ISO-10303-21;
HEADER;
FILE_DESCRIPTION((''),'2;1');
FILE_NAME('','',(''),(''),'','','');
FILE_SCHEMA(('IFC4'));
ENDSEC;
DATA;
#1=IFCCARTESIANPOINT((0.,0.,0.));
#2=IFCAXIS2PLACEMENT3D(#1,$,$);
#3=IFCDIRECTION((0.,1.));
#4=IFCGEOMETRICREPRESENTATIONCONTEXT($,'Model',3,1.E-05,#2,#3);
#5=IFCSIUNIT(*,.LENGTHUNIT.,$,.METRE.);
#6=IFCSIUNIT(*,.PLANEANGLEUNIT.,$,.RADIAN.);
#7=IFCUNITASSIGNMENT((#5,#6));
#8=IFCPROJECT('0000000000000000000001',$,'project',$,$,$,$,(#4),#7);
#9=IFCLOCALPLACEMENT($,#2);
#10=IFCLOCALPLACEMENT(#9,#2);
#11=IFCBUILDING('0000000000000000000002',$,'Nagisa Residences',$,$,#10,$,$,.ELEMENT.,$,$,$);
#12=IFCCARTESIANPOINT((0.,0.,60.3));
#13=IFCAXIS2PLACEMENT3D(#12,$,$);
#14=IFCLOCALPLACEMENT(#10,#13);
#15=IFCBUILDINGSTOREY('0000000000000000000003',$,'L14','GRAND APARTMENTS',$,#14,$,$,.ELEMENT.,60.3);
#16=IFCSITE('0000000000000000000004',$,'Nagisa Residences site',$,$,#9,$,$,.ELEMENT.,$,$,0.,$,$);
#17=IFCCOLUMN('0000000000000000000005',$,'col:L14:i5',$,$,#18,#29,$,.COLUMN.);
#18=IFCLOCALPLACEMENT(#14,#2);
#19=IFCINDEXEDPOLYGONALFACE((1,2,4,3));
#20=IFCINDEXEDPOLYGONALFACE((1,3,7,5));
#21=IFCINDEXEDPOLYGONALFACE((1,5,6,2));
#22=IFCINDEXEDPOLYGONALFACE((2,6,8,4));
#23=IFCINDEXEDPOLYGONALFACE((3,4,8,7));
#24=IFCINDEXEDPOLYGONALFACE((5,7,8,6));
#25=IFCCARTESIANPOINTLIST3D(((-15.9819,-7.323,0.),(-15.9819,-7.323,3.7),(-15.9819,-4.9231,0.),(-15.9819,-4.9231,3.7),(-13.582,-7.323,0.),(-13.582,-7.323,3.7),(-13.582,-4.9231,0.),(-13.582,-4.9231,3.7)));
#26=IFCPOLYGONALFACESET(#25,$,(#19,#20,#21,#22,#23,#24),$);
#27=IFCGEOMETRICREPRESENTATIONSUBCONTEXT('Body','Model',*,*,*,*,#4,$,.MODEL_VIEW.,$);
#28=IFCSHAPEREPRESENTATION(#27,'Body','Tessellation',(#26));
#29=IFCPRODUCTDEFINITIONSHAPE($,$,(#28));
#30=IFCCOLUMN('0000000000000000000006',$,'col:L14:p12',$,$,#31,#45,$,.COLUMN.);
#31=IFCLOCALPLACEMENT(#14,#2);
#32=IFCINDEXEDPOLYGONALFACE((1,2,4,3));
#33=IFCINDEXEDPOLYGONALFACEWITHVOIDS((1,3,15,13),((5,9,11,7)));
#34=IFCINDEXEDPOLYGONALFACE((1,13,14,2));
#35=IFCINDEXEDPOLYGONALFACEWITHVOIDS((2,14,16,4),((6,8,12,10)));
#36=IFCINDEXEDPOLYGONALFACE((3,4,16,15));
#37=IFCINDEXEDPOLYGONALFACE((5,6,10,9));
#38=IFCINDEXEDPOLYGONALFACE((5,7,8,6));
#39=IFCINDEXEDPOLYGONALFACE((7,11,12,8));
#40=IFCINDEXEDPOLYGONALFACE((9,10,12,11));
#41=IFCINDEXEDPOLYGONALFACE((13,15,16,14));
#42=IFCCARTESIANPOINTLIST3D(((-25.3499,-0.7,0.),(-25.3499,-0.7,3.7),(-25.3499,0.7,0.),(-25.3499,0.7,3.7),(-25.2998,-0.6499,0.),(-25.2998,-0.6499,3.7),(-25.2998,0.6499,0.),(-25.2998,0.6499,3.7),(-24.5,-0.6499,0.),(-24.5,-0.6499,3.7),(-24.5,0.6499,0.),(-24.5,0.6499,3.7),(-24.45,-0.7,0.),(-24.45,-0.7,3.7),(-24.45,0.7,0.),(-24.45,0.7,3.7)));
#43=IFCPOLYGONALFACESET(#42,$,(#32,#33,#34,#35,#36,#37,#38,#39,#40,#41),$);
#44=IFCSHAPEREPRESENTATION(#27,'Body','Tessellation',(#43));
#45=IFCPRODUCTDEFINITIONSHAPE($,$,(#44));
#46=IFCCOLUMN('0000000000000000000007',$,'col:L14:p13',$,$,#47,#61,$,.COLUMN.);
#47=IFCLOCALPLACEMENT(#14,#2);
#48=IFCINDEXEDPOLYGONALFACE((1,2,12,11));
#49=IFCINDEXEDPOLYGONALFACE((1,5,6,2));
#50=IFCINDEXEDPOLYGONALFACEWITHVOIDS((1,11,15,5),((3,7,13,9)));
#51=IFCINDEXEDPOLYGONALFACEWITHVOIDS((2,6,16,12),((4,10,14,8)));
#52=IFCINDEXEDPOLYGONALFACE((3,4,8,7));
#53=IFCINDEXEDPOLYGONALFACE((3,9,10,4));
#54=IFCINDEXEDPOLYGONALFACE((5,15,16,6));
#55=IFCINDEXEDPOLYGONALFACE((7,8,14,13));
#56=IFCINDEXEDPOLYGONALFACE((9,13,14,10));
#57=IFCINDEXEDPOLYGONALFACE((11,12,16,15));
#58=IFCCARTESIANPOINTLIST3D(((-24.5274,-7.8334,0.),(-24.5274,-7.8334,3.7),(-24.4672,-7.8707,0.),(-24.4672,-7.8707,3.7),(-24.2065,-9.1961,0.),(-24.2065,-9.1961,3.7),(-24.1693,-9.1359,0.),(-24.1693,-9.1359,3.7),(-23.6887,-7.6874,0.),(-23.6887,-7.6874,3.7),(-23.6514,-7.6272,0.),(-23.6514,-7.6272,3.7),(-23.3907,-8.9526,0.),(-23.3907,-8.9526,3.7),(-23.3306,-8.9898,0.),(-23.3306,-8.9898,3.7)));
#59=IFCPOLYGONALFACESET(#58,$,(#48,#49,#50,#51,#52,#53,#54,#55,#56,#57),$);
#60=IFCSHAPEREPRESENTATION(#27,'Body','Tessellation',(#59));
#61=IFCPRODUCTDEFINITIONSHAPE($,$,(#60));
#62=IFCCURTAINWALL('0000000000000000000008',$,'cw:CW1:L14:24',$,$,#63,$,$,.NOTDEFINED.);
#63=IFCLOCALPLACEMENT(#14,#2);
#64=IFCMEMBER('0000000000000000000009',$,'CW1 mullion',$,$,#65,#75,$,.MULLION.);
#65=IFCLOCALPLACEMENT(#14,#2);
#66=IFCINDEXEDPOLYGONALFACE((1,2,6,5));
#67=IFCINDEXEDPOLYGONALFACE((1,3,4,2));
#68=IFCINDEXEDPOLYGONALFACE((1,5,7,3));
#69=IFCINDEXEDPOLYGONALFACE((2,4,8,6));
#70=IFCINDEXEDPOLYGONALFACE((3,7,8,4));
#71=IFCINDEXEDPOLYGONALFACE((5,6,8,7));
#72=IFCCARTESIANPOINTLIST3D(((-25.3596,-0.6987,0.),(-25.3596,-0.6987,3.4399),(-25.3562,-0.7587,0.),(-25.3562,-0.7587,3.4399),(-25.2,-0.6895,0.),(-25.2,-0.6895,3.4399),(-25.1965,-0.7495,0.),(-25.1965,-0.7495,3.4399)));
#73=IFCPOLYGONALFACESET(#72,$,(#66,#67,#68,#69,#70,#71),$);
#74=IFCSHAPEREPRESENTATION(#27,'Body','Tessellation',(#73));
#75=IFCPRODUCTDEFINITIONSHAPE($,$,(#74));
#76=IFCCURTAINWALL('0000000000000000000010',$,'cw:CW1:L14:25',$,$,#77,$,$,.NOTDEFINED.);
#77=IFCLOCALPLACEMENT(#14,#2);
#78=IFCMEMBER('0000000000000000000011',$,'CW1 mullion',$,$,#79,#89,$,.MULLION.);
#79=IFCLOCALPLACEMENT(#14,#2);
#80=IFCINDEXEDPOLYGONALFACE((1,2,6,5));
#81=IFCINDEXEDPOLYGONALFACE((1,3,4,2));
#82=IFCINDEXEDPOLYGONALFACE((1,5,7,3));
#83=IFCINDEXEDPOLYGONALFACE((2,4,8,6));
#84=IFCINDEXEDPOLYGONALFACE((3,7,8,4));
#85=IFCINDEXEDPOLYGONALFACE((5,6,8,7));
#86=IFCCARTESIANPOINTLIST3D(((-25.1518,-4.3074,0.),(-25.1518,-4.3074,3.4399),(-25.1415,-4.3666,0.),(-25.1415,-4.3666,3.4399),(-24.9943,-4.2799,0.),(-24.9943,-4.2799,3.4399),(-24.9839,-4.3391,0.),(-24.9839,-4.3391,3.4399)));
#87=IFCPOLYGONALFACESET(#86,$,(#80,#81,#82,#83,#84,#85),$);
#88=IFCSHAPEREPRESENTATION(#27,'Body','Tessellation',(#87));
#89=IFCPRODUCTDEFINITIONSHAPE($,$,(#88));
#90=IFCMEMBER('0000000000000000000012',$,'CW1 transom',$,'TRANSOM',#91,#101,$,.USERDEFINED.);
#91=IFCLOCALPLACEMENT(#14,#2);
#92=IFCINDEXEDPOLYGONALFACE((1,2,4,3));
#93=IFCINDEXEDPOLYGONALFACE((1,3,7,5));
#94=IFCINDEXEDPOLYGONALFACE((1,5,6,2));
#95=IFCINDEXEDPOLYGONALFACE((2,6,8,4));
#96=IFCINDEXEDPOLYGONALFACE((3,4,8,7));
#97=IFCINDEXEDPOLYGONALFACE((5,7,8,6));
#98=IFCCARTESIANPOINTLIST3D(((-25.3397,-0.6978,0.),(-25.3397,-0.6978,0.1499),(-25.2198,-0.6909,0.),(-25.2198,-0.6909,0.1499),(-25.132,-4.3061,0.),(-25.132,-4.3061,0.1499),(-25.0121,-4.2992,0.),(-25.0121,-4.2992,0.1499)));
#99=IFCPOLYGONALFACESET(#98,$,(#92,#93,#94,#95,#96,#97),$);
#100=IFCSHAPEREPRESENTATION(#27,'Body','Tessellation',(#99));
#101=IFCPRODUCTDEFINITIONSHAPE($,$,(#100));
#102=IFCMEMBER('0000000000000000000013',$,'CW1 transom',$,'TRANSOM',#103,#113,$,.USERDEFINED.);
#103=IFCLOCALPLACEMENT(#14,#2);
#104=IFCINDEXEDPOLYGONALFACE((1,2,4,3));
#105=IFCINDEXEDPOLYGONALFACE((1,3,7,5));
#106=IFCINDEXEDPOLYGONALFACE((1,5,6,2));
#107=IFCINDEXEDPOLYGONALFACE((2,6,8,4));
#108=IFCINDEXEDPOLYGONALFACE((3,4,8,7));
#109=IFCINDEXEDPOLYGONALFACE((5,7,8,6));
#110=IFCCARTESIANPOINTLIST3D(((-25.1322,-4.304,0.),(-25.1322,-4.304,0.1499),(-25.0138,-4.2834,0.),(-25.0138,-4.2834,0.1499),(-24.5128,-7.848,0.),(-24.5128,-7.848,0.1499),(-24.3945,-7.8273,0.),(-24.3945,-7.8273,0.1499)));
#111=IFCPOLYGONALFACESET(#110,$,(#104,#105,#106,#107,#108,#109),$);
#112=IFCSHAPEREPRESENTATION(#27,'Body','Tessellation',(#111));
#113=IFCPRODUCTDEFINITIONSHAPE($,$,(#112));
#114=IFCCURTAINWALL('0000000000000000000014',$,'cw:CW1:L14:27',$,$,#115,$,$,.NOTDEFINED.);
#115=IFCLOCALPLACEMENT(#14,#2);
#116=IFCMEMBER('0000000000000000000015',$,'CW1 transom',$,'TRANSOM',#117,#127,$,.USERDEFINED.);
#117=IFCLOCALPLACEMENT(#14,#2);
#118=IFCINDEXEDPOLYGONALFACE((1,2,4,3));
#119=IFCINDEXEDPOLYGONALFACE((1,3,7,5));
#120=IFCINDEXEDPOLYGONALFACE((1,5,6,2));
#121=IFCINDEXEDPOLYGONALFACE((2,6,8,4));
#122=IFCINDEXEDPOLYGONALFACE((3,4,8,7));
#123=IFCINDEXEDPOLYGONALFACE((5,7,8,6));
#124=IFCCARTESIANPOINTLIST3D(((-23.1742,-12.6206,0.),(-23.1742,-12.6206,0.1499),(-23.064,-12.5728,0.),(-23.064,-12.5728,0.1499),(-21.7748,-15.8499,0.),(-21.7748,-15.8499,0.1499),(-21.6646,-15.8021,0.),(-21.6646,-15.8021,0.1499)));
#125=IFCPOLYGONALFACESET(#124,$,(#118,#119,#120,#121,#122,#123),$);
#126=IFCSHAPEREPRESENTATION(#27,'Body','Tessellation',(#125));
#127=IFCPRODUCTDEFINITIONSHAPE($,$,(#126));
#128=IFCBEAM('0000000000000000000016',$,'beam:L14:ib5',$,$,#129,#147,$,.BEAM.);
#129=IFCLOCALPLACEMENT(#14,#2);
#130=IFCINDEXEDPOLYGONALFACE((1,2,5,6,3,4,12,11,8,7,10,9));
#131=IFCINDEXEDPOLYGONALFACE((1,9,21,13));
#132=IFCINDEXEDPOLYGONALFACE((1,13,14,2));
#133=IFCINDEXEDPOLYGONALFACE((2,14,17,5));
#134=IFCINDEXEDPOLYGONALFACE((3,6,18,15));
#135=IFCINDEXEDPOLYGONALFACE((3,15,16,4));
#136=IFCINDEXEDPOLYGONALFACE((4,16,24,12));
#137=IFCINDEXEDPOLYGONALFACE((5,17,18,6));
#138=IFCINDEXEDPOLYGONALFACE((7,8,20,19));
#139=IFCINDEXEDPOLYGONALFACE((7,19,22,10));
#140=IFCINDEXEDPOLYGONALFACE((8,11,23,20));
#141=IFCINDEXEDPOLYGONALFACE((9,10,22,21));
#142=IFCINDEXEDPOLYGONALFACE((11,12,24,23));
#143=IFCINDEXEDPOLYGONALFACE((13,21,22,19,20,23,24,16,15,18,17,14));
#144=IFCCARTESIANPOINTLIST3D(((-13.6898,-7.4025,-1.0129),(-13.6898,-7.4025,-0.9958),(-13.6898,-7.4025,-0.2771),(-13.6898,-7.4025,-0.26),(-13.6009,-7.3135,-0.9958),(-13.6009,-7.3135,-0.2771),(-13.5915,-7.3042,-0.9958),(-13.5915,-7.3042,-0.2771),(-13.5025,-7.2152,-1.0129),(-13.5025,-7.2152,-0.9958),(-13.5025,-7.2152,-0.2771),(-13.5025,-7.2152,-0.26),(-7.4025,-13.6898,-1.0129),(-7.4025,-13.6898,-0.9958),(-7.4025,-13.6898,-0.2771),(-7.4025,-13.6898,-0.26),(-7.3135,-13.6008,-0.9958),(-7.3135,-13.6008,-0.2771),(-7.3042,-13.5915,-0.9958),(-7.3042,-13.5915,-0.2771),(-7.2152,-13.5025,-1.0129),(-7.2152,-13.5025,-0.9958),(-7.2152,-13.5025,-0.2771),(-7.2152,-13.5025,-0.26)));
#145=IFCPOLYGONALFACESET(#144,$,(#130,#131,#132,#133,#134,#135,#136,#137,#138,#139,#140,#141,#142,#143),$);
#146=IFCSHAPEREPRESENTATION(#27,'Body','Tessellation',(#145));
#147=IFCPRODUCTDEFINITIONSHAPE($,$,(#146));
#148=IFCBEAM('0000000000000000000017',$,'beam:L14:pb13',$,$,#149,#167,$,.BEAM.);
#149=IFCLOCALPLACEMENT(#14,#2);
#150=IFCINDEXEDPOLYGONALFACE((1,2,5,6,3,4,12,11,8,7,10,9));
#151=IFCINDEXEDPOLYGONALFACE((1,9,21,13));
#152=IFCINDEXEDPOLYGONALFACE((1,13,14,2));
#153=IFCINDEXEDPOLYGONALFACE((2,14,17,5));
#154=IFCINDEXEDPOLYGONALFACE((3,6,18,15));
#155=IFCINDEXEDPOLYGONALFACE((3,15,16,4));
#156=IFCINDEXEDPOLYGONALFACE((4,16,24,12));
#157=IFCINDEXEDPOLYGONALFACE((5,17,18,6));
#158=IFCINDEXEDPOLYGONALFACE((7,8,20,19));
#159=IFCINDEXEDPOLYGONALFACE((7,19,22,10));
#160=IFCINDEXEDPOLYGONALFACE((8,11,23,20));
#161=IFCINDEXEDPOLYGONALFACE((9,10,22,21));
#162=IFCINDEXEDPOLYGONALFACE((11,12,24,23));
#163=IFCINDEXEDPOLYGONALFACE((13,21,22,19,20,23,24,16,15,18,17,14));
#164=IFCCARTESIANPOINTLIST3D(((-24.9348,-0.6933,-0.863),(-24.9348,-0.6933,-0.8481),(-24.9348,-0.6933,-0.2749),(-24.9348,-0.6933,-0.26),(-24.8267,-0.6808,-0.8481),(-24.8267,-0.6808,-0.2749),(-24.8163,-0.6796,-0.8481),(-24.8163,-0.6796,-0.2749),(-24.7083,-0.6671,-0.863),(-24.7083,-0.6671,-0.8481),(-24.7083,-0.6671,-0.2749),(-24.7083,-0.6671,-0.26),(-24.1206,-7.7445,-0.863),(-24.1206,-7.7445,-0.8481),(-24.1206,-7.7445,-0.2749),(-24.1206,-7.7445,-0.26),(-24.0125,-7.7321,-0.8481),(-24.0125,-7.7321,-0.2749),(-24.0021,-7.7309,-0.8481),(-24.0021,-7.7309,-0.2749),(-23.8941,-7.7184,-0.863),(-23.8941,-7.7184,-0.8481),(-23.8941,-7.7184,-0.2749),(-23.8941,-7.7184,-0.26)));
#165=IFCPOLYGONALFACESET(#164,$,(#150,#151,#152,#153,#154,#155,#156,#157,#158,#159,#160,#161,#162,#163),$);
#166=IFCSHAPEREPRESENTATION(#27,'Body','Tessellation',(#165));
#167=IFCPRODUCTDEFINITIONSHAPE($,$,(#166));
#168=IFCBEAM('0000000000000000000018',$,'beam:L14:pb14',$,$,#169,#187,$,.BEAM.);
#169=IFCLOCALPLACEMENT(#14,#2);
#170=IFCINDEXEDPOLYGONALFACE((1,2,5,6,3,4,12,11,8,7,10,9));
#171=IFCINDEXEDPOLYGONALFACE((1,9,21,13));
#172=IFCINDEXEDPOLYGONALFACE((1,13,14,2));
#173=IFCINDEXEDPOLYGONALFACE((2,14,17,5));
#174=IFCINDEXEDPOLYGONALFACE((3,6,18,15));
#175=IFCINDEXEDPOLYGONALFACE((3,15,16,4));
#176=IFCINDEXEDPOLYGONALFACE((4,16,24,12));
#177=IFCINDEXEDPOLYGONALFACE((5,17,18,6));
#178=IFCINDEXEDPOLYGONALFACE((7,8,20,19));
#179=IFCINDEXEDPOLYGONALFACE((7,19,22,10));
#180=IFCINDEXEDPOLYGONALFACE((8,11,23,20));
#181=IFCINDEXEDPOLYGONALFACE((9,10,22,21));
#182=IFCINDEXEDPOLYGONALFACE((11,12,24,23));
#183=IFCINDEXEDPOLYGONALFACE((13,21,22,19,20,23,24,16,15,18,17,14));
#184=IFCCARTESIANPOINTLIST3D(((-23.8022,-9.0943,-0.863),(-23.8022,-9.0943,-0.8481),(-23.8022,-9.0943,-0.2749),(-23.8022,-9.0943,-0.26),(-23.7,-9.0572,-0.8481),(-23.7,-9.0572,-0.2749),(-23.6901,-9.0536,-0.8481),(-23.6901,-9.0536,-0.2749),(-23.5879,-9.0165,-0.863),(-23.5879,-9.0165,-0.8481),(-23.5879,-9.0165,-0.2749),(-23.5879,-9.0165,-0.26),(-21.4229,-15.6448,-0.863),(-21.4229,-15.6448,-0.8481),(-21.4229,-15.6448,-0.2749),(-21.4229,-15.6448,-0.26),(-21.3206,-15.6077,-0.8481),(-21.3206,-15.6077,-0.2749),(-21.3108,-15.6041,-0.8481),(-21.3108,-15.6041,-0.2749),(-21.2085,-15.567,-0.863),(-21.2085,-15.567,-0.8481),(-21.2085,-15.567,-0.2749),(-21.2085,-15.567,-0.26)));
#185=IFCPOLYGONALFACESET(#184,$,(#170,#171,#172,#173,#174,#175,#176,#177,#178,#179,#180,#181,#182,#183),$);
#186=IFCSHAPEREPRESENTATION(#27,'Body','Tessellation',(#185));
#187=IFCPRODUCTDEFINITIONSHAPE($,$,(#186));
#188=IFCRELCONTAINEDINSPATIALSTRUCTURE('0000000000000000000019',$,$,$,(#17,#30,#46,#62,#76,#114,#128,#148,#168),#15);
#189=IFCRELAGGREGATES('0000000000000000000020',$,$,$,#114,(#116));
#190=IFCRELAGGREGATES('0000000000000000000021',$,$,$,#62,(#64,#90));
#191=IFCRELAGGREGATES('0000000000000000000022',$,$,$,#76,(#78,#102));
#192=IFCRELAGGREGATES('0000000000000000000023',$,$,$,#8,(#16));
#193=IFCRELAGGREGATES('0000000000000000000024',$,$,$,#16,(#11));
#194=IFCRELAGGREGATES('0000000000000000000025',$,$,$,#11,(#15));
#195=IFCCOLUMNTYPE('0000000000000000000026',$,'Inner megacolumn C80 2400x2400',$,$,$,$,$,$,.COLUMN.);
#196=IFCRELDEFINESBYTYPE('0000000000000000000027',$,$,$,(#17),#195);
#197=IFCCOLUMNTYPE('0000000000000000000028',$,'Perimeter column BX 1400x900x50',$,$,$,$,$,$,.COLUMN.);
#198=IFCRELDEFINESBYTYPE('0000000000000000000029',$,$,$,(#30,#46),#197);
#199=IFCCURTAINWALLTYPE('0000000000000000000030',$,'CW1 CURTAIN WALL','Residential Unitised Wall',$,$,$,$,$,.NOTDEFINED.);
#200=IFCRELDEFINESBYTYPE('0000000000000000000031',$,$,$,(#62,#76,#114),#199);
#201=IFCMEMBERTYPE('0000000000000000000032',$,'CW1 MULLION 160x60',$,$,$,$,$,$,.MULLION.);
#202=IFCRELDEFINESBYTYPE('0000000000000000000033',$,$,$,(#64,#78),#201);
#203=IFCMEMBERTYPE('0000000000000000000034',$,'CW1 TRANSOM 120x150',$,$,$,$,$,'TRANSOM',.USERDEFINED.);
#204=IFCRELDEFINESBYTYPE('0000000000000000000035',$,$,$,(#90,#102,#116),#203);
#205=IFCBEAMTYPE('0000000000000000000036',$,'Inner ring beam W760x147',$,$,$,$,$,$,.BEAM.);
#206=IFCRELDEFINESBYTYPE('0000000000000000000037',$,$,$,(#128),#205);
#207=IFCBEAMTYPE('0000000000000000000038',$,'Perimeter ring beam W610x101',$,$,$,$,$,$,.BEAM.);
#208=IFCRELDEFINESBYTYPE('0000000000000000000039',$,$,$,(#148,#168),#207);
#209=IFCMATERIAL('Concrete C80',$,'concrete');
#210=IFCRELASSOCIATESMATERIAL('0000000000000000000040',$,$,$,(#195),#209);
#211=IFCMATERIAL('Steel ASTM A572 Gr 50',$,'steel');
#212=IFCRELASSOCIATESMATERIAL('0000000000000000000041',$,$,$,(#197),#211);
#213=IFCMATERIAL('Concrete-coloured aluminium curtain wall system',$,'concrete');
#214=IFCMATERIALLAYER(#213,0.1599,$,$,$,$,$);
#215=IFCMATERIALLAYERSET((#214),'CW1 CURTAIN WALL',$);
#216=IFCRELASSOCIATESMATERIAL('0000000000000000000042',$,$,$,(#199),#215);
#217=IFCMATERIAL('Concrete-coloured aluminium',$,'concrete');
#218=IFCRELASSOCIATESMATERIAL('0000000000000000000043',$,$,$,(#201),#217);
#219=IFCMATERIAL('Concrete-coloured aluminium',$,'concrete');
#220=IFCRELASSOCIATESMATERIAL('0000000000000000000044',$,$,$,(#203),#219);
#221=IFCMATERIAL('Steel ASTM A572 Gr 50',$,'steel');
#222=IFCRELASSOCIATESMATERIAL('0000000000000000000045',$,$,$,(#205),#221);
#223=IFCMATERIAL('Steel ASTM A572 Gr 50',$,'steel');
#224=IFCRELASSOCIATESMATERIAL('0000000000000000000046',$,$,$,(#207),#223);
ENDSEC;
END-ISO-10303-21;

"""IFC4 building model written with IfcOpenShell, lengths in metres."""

from ifc_helpers import new_model, si_unit, direction, frame, origin, origin_2d, place, context, subcontext, project, spatial, rectangle, hollow_rectangle, i_section, extrude, material, layer, layer_set, material_profile, profile_set, type_object, element, aggregate, save


model = new_model("IFC4")

# Units and contexts
model_context = context("Model", 3, precision=1e-05, world=origin(), true_north=direction((0.0, 1.0)))
body_context = subcontext(model_context, "Body", "Model", "MODEL_VIEW")
ifc_project = project(units=[si_unit("LENGTHUNIT", "METRE"), si_unit("PLANEANGLEUNIT", "RADIAN")], contexts=[model_context])

# Site, building, storey
site_placement = place(None, origin())
site = spatial("IfcSite", under=ifc_project, at=site_placement, Name="Nagisa Residences site", CompositionType="ELEMENT", RefElevation=0.0)
building_placement = place(site_placement, origin())
building = spatial("IfcBuilding", under=site, at=building_placement, Name="Nagisa Residences", CompositionType="ELEMENT")
storey_placement = place(building_placement, frame((0.0, 0.0, 60.3)))
storey = spatial("IfcBuildingStorey", under=building, at=storey_placement, Name="L14", Description="GRAND APARTMENTS", CompositionType="ELEMENT", Elevation=60.3)

# Columns
ifc_material_1 = material(Name="Concrete C80", Category="concrete")
ifc_material_profile_1 = material_profile(ifc_material_1, rectangle(XDim=2.3999, YDim=2.3999, at=origin_2d()), Name="C80 2400x2400")
ifc_profile_set_1 = profile_set([ifc_material_profile_1], Name="Concrete C80")
column_type_1 = type_object("IfcColumnType", Name="Inner megacolumn C80 2400x2400", PredefinedType="COLUMN", material=ifc_profile_set_1)
column_placement = place(storey_placement, frame((-14.782, -6.123, 0.0), z_axis=(0.0, 0.0, 1.0), x_axis=(1.0, 0.0, 0.0)))
element("IfcColumn", 1, at=column_placement, inside=storey, type_object=column_type_1, Name="col:L14:i5", PredefinedType="COLUMN", context=body_context, shape_type="SweptSolid", body=[
    extrude(rectangle(XDim=2.3999, YDim=2.3999, at=origin_2d()), origin(), (0.0, 0.0, 1.0), 3.7),
])
ifc_material_2 = material(Name="Steel ASTM A572 Gr 50", Category="steel")
ifc_material_profile_2 = material_profile(ifc_material_2, hollow_rectangle(XDim=1.3999, YDim=0.8999, WallThickness=0.05, at=origin_2d()), Name="BX 1400x900x50")
ifc_profile_set_2 = profile_set([ifc_material_profile_2], Name="Steel ASTM A572 Gr 50")
column_type_2 = type_object("IfcColumnType", Name="Perimeter column BX 1400x900x50", PredefinedType="COLUMN", material=ifc_profile_set_2)
for number, where, z_axis, x_axis, name in (
    (2, (-24.8999, 0.0, 0.0), (0.0, 0.0, 1.0), (0.0, -1.0, 0.0), "col:L14:p12"),
    (3, (-23.929, -8.4116, 0.0), (0.0, 0.0, 1.0), (0.229202, -0.973379, 0.0), "col:L14:p13"),
):
    element("IfcColumn", number, at=place(storey_placement, frame(where, z_axis=z_axis, x_axis=x_axis)), inside=storey, type_object=column_type_2, Name=name, PredefinedType="COLUMN", context=body_context, shape_type="SweptSolid", body=[
        extrude(hollow_rectangle(XDim=1.3999, YDim=0.8999, WallThickness=0.05, at=origin_2d()), origin(), (0.0, 0.0, 1.0), 3.7),
    ])

# Curtain walls, members
ifc_material_3 = material(Name="Concrete-coloured aluminium curtain wall system", Category="concrete")
ifc_layer_1 = layer(ifc_material_3, 0.1599)
ifc_layer_set_1 = layer_set([ifc_layer_1], Name="CW1 CURTAIN WALL")
curtain_wall_type = type_object("IfcCurtainWallType", Name="CW1 CURTAIN WALL", Description="Residential Unitised Wall", PredefinedType="NOTDEFINED", material=ifc_layer_set_1)
curtain_wall_1_placement = place(storey_placement, origin())
curtain_wall_1 = element("IfcCurtainWall", 4, at=curtain_wall_1_placement, inside=storey, type_object=curtain_wall_type, Name="cw:CW1:L14:24", PredefinedType="NOTDEFINED")
ifc_material_4 = material(Name="Concrete-coloured aluminium", Category="concrete")
ifc_material_profile_3 = material_profile(ifc_material_4, rectangle(XDim=0.1599, YDim=0.0601, at=origin_2d()), Name="CW1 MULLION 160x60")
ifc_profile_set_3 = profile_set([ifc_material_profile_3], Name="Concrete-coloured aluminium")
member_type_1 = type_object("IfcMemberType", Name="CW1 MULLION 160x60", PredefinedType="MULLION", material=ifc_profile_set_3)
member_1_placement = place(storey_placement, frame((-25.2781, -0.7241, 0.0), z_axis=(0.0, 0.0, 1.0), x_axis=(0.998345, 0.057503, 0.0)))
member_1 = element("IfcMember", 5, at=member_1_placement, type_object=member_type_1, Name="CW1 mullion", PredefinedType="MULLION", context=body_context, shape_type="SweptSolid", body=[
    extrude(rectangle(XDim=0.1599, YDim=0.0601, at=origin_2d()), origin(), (0.0, 0.0, 1.0), 3.4399),
])
curtain_wall_2_placement = place(storey_placement, origin())
curtain_wall_2 = element("IfcCurtainWall", 6, at=curtain_wall_2_placement, inside=storey, type_object=curtain_wall_type, Name="cw:CW1:L14:25", PredefinedType="NOTDEFINED")
member_2_placement = place(storey_placement, frame((-25.0679, -4.3232, 0.0), z_axis=(0.0, 0.0, 1.0), x_axis=(0.985064, 0.172191, 0.0)))
member_2 = element("IfcMember", 7, at=member_2_placement, type_object=member_type_1, Name="CW1 mullion", PredefinedType="MULLION", context=body_context, shape_type="SweptSolid", body=[
    extrude(rectangle(XDim=0.1599, YDim=0.0601, at=origin_2d()), origin(), (0.0, 0.0, 1.0), 3.4399),
])

# Members
ifc_material_5 = material(Name="Concrete-coloured aluminium", Category="concrete")
ifc_material_profile_4 = material_profile(ifc_material_5, rectangle(XDim=0.1201, YDim=0.1499, at=origin_2d()), Name="CW1 TRANSOM 120x150")
ifc_profile_set_4 = profile_set([ifc_material_profile_4], Name="Concrete-coloured aluminium")
member_type_2 = type_object("IfcMemberType", Name="CW1 TRANSOM 120x150", ElementType="TRANSOM", PredefinedType="USERDEFINED", material=ifc_profile_set_4)
member_3_placement = place(storey_placement, frame((-25.2798, -0.6943, 0.075), z_axis=(0.057483, -0.998347, 0.0), x_axis=(0.998347, 0.057483, 0.0)))
member_3 = element("IfcMember", 8, at=member_3_placement, type_object=member_type_2, Name="CW1 transom", ObjectType="TRANSOM", PredefinedType="USERDEFINED", context=body_context, shape_type="SweptSolid", body=[
    extrude(rectangle(XDim=0.1201, YDim=0.1499, at=origin_2d()), origin(), (0.0, 0.0, 1.0), 3.6143),
])
member_4_placement = place(storey_placement, frame((-25.073, -4.2937, 0.075), z_axis=(0.172163, -0.985068, 0.0), x_axis=(0.985068, 0.172163, 0.0)))
member_4 = element("IfcMember", 9, at=member_4_placement, type_object=member_type_2, Name="CW1 transom", ObjectType="TRANSOM", PredefinedType="USERDEFINED", context=body_context, shape_type="SweptSolid", body=[
    extrude(rectangle(XDim=0.1201, YDim=0.1499, at=origin_2d()), origin(), (0.0, 0.0, 1.0), 3.5977),
])

# Curtain wall, member
curtain_wall_3_placement = place(storey_placement, origin())
curtain_wall_3 = element("IfcCurtainWall", 10, at=curtain_wall_3_placement, inside=storey, type_object=curtain_wall_type, Name="cw:CW1:L14:27", PredefinedType="NOTDEFINED")
member_5_placement = place(storey_placement, frame((-23.1191, -12.5967, 0.075), z_axis=(0.397625, -0.917548, 0.0), x_axis=(0.917548, 0.397625, 0.0)))
member_5 = element("IfcMember", 11, at=member_5_placement, type_object=member_type_2, Name="CW1 transom", ObjectType="TRANSOM", PredefinedType="USERDEFINED", context=body_context, shape_type="SweptSolid", body=[
    extrude(rectangle(XDim=0.1201, YDim=0.1499, at=origin_2d()), origin(), (0.0, 0.0, 1.0), 3.5195),
])
aggregate(curtain_wall_3, [member_5])

# Beams
ifc_material_6 = material(Name="Steel ASTM A572 Gr 50", Category="steel")
ifc_material_profile_5 = material_profile(ifc_material_6, i_section(OverallWidth=0.2649, OverallDepth=0.7529, WebThickness=0.0132, FlangeThickness=0.0171, at=origin_2d()), Name="W760x147")
ifc_profile_set_5 = profile_set([ifc_material_profile_5], Name="Steel ASTM A572 Gr 50")
beam_type_1 = type_object("IfcBeamType", Name="Inner ring beam W760x147", PredefinedType="BEAM", material=ifc_profile_set_5)
beam_1_placement = place(storey_placement, frame((-13.5962, -7.3088, -0.6365), z_axis=(0.707107, -0.707107, 0.0), x_axis=(0.707107, 0.707107, 0.0)))
element("IfcBeam", 12, at=beam_1_placement, inside=storey, type_object=beam_type_1, Name="beam:L14:ib5", PredefinedType="BEAM", context=body_context, shape_type="SweptSolid", body=[
    extrude(i_section(OverallWidth=0.2649, OverallDepth=0.7529, WebThickness=0.0132, FlangeThickness=0.0171, at=origin_2d()), origin(), (0.0, 0.0, 1.0), 8.8916),
])
ifc_material_7 = material(Name="Steel ASTM A572 Gr 50", Category="steel")
ifc_material_profile_6 = material_profile(ifc_material_7, i_section(OverallWidth=0.228, OverallDepth=0.603, WebThickness=0.0105, FlangeThickness=0.0149, at=origin_2d()), Name="W610x101")
ifc_profile_set_6 = profile_set([ifc_material_profile_6], Name="Steel ASTM A572 Gr 50")
beam_type_2 = type_object("IfcBeamType", Name="Perimeter ring beam W610x101", PredefinedType="BEAM", material=ifc_profile_set_6)
beam_2_placement = place(storey_placement, frame((-24.8215, -0.6802, -0.5615), z_axis=(0.114708, -0.993399, 0.0), x_axis=(0.993399, 0.114708, 0.0)))
element("IfcBeam", 13, at=beam_2_placement, inside=storey, type_object=beam_type_2, Name="beam:L14:pb13", PredefinedType="BEAM", context=body_context, shape_type="SweptSolid", body=[
    extrude(i_section(OverallWidth=0.228, OverallDepth=0.603, WebThickness=0.0105, FlangeThickness=0.0149, at=origin_2d()), origin(), (0.0, 0.0, 1.0), 7.0981),
])
beam_3_placement = place(storey_placement, frame((-23.6951, -9.0554, -0.5615), z_axis=(0.341411, -0.939914, 0.0), x_axis=(0.939914, 0.341411, 0.0)))
element("IfcBeam", 14, at=beam_3_placement, inside=storey, type_object=beam_type_2, Name="beam:L14:pb14", PredefinedType="BEAM", context=body_context, shape_type="SweptSolid", body=[
    extrude(i_section(OverallWidth=0.228, OverallDepth=0.603, WebThickness=0.0105, FlangeThickness=0.0149, at=origin_2d()), origin(), (0.0, 0.0, 1.0), 6.9692),
])

aggregate(curtain_wall_1, [member_1, member_3])
aggregate(curtain_wall_2, [member_2, member_4])

save(model, "model.ifc")
